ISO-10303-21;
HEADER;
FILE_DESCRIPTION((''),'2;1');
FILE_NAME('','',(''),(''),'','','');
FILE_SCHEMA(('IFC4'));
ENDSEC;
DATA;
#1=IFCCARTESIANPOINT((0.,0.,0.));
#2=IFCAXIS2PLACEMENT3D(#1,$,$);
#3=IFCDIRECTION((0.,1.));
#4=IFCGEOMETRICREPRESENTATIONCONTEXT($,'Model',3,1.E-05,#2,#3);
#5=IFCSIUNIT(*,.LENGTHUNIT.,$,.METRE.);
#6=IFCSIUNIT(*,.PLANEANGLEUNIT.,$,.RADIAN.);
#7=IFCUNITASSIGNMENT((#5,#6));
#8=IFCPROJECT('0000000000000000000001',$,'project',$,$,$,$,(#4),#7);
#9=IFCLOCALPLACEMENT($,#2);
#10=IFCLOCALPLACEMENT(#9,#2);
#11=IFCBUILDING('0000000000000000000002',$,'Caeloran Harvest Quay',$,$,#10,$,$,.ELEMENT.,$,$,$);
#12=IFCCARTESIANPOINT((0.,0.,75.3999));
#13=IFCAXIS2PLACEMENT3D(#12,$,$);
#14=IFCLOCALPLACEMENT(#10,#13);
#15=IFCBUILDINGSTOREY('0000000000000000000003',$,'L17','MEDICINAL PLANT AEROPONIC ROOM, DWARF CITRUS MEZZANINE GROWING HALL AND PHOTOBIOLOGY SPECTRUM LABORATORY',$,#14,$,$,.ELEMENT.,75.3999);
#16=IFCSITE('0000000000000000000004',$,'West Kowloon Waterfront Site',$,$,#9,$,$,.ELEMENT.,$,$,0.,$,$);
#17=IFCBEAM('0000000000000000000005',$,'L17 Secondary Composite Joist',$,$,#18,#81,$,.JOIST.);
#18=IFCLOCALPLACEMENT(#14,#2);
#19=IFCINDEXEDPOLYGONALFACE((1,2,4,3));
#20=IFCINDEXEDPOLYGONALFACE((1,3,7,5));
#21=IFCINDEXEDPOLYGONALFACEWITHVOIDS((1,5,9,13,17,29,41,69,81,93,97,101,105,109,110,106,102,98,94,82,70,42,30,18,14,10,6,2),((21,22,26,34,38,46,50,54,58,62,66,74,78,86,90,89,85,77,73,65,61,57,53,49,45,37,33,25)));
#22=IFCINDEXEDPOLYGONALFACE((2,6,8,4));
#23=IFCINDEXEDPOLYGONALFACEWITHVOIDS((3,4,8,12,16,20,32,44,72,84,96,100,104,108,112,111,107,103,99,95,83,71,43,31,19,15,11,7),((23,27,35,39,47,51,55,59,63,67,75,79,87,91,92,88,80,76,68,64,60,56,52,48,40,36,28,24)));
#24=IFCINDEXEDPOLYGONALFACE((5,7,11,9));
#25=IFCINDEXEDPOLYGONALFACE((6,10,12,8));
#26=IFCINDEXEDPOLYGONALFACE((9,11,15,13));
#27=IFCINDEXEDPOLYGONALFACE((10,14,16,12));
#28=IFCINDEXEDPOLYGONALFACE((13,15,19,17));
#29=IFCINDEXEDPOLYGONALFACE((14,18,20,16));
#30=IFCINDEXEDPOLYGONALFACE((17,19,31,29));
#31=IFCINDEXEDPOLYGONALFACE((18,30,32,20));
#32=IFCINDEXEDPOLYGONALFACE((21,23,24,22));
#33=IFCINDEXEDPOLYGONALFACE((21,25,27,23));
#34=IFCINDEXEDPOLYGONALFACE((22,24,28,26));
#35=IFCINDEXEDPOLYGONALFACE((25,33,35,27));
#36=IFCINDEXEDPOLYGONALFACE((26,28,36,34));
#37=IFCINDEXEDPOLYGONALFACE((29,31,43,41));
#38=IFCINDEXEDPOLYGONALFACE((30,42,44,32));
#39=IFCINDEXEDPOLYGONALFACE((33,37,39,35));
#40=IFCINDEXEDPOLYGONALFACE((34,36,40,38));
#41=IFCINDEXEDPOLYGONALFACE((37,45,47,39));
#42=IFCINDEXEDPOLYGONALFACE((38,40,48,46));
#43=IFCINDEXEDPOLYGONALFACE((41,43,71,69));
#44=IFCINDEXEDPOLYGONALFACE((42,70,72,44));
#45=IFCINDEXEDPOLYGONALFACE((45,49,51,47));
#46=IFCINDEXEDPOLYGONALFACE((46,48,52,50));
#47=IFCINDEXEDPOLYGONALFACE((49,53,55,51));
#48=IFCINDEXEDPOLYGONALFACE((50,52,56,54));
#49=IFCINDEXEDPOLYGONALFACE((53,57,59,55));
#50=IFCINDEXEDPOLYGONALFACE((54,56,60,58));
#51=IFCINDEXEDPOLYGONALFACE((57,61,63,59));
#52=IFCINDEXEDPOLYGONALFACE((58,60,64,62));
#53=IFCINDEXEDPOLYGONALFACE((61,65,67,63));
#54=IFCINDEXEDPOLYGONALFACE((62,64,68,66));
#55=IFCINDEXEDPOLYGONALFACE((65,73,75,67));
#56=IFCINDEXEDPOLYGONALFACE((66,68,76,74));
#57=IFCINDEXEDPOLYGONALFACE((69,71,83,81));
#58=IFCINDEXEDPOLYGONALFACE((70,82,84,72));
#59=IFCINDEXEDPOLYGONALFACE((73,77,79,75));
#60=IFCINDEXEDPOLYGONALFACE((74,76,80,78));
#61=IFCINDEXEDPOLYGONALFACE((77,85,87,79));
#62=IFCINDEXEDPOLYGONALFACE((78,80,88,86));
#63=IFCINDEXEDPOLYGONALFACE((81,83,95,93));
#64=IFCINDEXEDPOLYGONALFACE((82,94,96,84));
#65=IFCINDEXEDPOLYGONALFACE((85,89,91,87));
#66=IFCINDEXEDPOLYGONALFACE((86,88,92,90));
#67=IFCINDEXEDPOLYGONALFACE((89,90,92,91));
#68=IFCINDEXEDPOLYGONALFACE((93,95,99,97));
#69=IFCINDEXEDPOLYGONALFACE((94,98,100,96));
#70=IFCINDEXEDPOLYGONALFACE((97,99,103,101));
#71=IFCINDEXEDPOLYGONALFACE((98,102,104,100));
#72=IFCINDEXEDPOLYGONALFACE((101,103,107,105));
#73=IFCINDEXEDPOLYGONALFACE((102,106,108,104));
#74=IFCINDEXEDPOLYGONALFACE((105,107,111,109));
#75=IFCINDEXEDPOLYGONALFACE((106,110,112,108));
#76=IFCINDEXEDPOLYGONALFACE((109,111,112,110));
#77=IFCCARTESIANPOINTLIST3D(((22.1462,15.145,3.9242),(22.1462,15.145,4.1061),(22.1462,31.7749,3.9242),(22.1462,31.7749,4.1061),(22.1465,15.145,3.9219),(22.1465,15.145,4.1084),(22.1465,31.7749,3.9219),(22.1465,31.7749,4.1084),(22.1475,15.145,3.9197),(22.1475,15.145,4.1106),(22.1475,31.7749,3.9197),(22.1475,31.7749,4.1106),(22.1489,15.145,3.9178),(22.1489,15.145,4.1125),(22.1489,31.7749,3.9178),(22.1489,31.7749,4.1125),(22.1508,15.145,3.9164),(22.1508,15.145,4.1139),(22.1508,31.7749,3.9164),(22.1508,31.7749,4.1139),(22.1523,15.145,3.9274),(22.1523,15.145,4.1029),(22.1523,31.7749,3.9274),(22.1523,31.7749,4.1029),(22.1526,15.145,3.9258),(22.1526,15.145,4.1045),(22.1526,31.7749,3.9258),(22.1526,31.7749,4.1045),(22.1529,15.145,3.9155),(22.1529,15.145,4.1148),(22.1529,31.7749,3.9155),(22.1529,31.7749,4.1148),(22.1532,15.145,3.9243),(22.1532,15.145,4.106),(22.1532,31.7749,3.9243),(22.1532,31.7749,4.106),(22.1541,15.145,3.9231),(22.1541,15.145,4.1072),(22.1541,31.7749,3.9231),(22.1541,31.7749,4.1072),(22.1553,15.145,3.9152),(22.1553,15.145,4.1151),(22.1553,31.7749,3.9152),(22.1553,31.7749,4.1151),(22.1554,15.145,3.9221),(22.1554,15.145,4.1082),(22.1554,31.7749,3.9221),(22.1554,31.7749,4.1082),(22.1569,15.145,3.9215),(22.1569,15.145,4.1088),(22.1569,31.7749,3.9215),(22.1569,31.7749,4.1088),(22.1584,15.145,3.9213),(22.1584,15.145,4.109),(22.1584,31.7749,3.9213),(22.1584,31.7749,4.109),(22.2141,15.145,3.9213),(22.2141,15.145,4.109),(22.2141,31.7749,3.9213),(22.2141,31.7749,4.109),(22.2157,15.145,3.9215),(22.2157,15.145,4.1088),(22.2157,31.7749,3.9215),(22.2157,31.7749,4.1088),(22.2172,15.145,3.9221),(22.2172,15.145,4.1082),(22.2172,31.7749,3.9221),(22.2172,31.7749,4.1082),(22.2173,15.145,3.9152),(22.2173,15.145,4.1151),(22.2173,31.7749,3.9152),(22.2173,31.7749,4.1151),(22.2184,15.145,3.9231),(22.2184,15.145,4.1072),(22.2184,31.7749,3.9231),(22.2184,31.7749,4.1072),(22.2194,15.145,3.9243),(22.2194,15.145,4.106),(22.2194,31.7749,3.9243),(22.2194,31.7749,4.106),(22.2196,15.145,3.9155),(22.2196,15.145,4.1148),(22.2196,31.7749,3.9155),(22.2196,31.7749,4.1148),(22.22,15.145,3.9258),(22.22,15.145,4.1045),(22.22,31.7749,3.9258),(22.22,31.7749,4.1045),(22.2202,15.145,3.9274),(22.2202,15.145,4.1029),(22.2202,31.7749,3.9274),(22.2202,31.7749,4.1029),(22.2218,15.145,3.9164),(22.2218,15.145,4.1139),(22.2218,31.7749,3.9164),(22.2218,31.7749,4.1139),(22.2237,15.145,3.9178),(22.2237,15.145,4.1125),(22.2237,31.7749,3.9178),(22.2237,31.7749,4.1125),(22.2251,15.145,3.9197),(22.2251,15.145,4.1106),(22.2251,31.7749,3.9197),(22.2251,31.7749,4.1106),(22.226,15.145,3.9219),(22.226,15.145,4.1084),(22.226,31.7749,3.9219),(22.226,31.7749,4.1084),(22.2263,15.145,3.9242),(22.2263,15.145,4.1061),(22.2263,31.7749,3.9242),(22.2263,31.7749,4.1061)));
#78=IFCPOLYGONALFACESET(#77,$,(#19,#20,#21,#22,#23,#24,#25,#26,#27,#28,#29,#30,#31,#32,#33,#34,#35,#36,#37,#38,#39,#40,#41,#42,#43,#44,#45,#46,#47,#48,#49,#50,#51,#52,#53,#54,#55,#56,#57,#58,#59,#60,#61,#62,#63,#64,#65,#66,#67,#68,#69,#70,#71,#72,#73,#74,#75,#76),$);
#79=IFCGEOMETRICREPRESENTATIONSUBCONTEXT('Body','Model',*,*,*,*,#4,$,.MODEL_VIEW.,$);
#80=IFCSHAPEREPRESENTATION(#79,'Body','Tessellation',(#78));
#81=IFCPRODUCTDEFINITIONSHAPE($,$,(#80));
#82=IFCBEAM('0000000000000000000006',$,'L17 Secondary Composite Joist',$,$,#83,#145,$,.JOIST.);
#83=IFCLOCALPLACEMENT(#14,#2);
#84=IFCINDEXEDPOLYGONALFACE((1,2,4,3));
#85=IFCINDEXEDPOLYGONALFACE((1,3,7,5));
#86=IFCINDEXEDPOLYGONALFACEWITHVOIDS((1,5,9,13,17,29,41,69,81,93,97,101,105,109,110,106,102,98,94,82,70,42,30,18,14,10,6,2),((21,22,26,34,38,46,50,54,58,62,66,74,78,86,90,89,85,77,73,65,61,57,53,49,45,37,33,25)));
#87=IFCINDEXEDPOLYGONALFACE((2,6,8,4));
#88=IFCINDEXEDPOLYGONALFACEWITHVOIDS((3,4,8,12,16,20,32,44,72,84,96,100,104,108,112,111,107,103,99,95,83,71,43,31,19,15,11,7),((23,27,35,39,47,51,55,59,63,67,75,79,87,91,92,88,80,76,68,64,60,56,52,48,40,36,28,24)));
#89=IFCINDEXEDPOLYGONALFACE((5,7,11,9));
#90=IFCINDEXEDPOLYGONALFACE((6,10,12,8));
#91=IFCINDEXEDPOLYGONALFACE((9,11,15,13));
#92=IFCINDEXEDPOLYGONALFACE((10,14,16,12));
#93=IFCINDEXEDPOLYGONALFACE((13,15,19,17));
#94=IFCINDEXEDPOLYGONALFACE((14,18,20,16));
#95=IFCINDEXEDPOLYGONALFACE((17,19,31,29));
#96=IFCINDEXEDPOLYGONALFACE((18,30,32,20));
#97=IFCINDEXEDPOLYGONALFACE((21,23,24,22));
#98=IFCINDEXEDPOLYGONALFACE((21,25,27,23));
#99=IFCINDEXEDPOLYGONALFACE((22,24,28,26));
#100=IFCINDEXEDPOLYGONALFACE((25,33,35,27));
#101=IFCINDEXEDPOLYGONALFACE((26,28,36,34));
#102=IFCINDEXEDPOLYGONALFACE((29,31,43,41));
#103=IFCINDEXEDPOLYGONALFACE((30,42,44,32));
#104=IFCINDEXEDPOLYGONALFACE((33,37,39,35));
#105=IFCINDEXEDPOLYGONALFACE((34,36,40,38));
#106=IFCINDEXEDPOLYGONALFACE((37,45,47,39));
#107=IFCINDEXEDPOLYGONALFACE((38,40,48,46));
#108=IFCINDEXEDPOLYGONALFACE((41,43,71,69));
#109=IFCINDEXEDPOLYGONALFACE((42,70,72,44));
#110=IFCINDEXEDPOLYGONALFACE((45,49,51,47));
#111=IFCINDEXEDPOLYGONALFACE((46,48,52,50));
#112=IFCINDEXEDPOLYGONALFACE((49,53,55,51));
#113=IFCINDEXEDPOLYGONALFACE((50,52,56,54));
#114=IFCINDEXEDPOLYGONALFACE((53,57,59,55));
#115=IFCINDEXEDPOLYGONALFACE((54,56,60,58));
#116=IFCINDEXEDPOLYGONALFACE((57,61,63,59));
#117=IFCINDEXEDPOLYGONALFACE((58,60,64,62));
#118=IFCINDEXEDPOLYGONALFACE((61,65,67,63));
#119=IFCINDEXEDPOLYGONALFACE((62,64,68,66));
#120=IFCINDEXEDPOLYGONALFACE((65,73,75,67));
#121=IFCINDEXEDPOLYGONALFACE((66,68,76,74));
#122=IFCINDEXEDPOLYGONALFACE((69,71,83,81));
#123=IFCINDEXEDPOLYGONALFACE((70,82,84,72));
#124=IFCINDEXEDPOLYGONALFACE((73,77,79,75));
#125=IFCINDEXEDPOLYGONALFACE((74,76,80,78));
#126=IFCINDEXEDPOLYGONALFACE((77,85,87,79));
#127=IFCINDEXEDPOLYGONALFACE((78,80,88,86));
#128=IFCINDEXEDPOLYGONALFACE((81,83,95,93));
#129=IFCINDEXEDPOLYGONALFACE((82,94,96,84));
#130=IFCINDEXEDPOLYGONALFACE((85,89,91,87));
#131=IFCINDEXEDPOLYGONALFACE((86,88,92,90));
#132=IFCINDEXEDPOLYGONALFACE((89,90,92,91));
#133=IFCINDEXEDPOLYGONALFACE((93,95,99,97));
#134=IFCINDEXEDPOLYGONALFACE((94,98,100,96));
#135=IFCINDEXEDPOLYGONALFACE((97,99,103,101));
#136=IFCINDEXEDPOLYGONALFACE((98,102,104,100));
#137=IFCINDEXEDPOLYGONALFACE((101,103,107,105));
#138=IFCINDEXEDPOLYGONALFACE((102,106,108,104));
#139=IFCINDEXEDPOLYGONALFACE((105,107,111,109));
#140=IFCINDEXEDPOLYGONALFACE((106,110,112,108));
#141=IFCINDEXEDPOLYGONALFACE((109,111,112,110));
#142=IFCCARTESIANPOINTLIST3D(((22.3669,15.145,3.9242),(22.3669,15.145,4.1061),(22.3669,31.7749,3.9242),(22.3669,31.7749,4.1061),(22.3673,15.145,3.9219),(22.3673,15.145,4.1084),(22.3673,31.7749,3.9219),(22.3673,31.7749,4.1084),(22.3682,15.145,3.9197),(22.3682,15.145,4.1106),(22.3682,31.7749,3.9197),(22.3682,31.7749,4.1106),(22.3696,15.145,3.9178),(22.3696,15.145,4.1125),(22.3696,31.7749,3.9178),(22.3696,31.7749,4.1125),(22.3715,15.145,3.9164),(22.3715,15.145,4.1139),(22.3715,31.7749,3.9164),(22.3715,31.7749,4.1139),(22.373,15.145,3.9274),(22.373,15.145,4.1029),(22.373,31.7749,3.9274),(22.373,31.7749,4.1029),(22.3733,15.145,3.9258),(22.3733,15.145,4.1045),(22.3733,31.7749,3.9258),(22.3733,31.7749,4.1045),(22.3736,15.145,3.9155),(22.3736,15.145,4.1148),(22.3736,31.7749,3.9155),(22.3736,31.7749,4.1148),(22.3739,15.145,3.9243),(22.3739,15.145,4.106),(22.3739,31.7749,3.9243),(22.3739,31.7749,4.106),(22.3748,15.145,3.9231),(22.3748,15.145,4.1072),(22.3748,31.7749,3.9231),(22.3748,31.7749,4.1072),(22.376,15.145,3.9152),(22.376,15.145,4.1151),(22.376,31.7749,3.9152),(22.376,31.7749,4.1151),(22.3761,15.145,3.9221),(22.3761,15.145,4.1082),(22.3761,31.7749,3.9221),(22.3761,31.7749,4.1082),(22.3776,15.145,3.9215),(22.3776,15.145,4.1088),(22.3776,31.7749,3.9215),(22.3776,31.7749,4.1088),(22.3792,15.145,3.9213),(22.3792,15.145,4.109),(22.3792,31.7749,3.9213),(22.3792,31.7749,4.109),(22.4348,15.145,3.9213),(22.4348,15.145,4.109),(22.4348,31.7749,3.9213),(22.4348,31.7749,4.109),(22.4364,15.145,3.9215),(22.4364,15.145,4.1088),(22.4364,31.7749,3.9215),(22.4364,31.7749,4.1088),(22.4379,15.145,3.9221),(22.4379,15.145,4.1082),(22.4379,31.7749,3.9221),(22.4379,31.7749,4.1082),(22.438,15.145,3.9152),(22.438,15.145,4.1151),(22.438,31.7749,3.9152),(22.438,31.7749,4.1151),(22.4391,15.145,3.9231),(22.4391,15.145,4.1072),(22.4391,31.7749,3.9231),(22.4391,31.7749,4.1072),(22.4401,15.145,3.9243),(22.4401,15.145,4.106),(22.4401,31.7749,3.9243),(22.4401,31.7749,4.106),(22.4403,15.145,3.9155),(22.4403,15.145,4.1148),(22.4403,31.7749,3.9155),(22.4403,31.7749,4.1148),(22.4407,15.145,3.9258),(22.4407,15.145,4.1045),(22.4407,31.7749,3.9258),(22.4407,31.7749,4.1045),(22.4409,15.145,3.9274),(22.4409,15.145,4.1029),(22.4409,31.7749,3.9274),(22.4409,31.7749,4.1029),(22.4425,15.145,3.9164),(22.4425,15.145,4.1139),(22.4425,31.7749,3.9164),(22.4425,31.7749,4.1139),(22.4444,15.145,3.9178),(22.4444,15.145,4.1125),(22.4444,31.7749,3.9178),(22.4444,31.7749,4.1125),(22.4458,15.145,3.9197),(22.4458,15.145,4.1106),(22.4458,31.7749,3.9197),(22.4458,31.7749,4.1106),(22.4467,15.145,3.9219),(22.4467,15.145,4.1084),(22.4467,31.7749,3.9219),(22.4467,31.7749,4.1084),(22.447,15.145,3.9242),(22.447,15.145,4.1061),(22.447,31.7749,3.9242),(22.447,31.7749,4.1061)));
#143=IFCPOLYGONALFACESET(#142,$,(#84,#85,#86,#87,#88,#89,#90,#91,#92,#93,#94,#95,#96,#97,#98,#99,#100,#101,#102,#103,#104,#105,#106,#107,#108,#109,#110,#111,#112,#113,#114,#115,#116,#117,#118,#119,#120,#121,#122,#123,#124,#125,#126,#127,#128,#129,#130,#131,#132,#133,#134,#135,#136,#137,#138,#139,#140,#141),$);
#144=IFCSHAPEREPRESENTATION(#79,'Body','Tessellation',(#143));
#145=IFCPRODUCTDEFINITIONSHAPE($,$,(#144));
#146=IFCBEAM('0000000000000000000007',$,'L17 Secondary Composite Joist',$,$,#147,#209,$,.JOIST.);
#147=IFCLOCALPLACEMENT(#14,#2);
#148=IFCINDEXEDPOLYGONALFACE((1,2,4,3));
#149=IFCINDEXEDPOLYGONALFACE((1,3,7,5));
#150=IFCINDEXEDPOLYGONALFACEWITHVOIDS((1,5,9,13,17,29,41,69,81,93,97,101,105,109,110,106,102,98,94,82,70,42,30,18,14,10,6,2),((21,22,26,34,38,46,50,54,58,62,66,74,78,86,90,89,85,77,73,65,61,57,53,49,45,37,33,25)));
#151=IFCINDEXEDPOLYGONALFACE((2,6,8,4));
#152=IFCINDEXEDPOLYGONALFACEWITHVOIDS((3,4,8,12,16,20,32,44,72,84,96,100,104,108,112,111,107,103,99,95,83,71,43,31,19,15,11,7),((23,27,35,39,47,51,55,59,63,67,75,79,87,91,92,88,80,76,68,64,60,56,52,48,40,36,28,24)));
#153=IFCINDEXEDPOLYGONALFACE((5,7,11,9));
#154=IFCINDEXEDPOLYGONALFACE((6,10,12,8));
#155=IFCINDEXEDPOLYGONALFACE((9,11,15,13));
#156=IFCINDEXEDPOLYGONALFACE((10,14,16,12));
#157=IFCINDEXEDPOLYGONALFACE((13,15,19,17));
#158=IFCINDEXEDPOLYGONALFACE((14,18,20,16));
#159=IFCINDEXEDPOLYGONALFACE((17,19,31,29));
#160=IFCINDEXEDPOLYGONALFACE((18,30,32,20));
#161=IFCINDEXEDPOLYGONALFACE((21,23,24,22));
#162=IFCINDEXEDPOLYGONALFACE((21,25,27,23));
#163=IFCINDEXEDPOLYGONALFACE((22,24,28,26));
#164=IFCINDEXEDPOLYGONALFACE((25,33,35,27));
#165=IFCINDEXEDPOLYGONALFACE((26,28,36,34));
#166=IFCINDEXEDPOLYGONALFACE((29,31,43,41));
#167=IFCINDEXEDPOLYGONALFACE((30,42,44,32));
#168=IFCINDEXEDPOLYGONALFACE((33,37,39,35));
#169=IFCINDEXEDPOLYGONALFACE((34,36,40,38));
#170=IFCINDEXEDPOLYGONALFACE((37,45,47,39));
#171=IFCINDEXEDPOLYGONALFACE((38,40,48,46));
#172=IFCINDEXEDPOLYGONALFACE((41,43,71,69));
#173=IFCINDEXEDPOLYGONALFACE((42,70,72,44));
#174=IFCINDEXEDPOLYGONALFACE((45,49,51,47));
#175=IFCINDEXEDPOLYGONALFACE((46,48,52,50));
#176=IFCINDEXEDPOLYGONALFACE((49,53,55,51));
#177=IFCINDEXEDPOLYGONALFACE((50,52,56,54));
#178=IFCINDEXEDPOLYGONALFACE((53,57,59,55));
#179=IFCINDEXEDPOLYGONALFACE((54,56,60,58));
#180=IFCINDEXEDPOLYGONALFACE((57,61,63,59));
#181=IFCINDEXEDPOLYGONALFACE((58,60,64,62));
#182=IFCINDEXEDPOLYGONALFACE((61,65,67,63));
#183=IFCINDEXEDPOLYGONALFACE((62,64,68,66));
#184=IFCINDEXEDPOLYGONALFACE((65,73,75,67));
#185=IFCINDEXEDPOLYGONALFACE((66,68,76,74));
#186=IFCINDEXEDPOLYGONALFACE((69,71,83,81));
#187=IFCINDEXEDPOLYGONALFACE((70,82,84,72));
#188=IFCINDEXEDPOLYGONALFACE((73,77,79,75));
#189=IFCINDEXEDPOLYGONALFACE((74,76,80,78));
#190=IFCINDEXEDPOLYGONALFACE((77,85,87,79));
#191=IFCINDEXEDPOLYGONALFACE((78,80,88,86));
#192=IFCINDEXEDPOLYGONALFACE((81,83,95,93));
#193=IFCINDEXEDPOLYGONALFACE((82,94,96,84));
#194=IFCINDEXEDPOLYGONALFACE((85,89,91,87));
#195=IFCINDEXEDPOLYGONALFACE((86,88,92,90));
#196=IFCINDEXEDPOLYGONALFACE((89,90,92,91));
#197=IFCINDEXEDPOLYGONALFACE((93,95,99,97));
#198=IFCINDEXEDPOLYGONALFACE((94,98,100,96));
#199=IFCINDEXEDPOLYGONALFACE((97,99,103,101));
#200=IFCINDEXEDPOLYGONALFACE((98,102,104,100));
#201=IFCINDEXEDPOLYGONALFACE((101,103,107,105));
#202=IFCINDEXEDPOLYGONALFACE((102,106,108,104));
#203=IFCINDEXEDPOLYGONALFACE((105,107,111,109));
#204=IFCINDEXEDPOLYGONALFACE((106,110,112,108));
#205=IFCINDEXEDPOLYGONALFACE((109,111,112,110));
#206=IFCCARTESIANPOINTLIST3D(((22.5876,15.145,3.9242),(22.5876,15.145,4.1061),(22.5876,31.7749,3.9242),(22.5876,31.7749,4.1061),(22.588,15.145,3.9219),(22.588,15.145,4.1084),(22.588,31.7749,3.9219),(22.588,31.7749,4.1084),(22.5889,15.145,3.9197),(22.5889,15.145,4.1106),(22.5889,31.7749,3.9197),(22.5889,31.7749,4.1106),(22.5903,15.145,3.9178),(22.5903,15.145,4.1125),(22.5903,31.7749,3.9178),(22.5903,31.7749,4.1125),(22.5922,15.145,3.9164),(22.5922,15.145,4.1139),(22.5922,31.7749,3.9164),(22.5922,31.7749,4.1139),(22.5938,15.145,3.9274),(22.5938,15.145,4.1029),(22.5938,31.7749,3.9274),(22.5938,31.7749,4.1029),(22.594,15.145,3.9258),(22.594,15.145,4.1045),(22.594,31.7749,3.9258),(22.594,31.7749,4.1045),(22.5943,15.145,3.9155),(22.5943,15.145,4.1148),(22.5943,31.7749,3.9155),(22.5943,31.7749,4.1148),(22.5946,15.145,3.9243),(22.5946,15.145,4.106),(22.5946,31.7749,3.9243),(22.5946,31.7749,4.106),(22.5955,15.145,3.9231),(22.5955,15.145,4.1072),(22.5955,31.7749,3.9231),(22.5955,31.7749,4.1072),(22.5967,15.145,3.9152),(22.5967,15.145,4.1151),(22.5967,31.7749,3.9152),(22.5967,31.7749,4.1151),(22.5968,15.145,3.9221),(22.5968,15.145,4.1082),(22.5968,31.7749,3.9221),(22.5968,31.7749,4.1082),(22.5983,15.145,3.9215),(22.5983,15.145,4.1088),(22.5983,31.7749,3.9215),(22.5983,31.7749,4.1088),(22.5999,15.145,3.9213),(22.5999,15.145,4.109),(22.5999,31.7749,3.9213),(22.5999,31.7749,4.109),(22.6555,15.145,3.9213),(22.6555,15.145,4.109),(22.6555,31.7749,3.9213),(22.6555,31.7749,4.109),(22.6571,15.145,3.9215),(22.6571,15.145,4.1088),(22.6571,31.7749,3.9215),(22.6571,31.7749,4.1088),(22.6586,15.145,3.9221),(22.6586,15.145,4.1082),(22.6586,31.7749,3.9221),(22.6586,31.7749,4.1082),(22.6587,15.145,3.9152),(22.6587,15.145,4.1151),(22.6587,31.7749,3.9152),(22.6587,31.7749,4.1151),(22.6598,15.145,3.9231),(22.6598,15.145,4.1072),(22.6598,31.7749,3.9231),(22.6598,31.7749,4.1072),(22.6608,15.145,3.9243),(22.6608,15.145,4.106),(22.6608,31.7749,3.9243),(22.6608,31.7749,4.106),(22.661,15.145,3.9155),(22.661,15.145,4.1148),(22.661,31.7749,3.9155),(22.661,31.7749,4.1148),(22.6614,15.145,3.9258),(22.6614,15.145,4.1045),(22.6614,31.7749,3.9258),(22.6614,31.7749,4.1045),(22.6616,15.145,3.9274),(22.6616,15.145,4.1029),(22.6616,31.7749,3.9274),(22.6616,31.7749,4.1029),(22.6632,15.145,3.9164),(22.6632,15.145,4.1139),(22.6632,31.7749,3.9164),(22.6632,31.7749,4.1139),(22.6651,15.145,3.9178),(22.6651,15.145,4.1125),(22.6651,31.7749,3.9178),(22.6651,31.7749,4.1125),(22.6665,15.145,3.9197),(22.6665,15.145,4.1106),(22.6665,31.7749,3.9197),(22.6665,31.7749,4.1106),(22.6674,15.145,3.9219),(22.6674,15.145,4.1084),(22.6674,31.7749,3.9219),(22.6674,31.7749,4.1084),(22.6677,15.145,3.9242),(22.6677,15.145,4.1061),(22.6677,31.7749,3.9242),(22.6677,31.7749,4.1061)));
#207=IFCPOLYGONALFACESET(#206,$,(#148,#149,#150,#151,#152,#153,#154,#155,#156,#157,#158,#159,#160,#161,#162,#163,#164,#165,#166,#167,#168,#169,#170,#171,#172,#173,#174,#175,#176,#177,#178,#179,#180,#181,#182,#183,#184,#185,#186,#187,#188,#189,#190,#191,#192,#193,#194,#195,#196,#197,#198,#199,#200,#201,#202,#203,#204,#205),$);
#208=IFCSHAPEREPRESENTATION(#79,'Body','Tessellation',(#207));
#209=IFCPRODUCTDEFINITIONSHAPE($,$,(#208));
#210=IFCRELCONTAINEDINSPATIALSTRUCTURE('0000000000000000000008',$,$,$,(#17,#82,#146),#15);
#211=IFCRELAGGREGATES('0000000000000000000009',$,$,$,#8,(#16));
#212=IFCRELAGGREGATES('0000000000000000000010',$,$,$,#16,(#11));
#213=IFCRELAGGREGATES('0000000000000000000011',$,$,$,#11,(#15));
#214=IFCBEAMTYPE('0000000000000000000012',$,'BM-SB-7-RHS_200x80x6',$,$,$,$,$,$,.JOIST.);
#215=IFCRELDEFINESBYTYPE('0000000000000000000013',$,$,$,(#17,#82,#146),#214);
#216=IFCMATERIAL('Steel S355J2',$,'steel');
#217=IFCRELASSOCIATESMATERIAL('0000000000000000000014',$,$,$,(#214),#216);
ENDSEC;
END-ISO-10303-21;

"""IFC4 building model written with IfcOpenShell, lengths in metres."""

from ifc_helpers import new_model, si_unit, direction, frame, origin, origin_2d, place, context, subcontext, project, spatial, hollow_rectangle, extrude, material, material_profile, profile_set, type_object, element, save


model = new_model("IFC4")

# Units and contexts
model_context = context("Model", 3, precision=1e-05, world=origin(), true_north=direction((0.0, 1.0)))
body_context = subcontext(model_context, "Body", "Model", "MODEL_VIEW")
ifc_project = project(units=[si_unit("LENGTHUNIT", "METRE"), si_unit("PLANEANGLEUNIT", "RADIAN")], contexts=[model_context])

# Site, building, storey
site_placement = place(None, origin())
site = spatial("IfcSite", under=ifc_project, at=site_placement, Name="West Kowloon Waterfront Site", CompositionType="ELEMENT", RefElevation=0.0)
building_placement = place(site_placement, origin())
building = spatial("IfcBuilding", under=site, at=building_placement, Name="Caeloran Harvest Quay", CompositionType="ELEMENT")
storey_placement = place(building_placement, frame((0.0, 0.0, 75.3999)))
storey = spatial("IfcBuildingStorey", under=building, at=storey_placement, Name="L17", Description="MEDICINAL PLANT AEROPONIC ROOM, DWARF CITRUS MEZZANINE GROWING HALL AND PHOTOBIOLOGY SPECTRUM LABORATORY", CompositionType="ELEMENT", Elevation=75.3999)

# Beams
ifc_material_1 = material(Name="Steel S355J2", Category="steel")
ifc_material_profile_1 = material_profile(ifc_material_1, hollow_rectangle(XDim=0.0801, YDim=0.2, WallThickness=0.0061, InnerFilletRadius=0.0061, OuterFilletRadius=0.009, at=origin_2d()), Name="RHS 200x80x6")
ifc_profile_set_1 = profile_set([ifc_material_profile_1], Name="Steel S355J2")
beam_type_1 = type_object("IfcBeamType", Name="BM-SB-7-RHS_200x80x6", PredefinedType="JOIST", material=ifc_profile_set_1)
for number, where, z_axis, x_axis, name in (
    (1, (22.1863, 15.145, 4.0151), (0.0, 1.0, 0.0), (-1.0, 0.0, 0.0), "L17 Secondary Composite Joist"),
    (2, (22.407, 15.145, 4.0151), (0.0, 1.0, 0.0), (-1.0, 0.0, 0.0), "L17 Secondary Composite Joist"),
    (3, (22.6277, 15.145, 4.0151), (0.0, 1.0, 0.0), (-1.0, 0.0, 0.0), "L17 Secondary Composite Joist"),
):
    element("IfcBeam", number, at=place(storey_placement, frame(where, z_axis=z_axis, x_axis=x_axis)), inside=storey, type_object=beam_type_1, Name=name, PredefinedType="JOIST", context=body_context, shape_type="SweptSolid", body=[
        extrude(hollow_rectangle(XDim=0.0801, YDim=0.2, WallThickness=0.0061, InnerFilletRadius=0.0061, OuterFilletRadius=0.009, at=origin_2d()), origin(), (0.0, 0.0, 1.0), 16.6299),
    ])

save(model, "model.ifc")
